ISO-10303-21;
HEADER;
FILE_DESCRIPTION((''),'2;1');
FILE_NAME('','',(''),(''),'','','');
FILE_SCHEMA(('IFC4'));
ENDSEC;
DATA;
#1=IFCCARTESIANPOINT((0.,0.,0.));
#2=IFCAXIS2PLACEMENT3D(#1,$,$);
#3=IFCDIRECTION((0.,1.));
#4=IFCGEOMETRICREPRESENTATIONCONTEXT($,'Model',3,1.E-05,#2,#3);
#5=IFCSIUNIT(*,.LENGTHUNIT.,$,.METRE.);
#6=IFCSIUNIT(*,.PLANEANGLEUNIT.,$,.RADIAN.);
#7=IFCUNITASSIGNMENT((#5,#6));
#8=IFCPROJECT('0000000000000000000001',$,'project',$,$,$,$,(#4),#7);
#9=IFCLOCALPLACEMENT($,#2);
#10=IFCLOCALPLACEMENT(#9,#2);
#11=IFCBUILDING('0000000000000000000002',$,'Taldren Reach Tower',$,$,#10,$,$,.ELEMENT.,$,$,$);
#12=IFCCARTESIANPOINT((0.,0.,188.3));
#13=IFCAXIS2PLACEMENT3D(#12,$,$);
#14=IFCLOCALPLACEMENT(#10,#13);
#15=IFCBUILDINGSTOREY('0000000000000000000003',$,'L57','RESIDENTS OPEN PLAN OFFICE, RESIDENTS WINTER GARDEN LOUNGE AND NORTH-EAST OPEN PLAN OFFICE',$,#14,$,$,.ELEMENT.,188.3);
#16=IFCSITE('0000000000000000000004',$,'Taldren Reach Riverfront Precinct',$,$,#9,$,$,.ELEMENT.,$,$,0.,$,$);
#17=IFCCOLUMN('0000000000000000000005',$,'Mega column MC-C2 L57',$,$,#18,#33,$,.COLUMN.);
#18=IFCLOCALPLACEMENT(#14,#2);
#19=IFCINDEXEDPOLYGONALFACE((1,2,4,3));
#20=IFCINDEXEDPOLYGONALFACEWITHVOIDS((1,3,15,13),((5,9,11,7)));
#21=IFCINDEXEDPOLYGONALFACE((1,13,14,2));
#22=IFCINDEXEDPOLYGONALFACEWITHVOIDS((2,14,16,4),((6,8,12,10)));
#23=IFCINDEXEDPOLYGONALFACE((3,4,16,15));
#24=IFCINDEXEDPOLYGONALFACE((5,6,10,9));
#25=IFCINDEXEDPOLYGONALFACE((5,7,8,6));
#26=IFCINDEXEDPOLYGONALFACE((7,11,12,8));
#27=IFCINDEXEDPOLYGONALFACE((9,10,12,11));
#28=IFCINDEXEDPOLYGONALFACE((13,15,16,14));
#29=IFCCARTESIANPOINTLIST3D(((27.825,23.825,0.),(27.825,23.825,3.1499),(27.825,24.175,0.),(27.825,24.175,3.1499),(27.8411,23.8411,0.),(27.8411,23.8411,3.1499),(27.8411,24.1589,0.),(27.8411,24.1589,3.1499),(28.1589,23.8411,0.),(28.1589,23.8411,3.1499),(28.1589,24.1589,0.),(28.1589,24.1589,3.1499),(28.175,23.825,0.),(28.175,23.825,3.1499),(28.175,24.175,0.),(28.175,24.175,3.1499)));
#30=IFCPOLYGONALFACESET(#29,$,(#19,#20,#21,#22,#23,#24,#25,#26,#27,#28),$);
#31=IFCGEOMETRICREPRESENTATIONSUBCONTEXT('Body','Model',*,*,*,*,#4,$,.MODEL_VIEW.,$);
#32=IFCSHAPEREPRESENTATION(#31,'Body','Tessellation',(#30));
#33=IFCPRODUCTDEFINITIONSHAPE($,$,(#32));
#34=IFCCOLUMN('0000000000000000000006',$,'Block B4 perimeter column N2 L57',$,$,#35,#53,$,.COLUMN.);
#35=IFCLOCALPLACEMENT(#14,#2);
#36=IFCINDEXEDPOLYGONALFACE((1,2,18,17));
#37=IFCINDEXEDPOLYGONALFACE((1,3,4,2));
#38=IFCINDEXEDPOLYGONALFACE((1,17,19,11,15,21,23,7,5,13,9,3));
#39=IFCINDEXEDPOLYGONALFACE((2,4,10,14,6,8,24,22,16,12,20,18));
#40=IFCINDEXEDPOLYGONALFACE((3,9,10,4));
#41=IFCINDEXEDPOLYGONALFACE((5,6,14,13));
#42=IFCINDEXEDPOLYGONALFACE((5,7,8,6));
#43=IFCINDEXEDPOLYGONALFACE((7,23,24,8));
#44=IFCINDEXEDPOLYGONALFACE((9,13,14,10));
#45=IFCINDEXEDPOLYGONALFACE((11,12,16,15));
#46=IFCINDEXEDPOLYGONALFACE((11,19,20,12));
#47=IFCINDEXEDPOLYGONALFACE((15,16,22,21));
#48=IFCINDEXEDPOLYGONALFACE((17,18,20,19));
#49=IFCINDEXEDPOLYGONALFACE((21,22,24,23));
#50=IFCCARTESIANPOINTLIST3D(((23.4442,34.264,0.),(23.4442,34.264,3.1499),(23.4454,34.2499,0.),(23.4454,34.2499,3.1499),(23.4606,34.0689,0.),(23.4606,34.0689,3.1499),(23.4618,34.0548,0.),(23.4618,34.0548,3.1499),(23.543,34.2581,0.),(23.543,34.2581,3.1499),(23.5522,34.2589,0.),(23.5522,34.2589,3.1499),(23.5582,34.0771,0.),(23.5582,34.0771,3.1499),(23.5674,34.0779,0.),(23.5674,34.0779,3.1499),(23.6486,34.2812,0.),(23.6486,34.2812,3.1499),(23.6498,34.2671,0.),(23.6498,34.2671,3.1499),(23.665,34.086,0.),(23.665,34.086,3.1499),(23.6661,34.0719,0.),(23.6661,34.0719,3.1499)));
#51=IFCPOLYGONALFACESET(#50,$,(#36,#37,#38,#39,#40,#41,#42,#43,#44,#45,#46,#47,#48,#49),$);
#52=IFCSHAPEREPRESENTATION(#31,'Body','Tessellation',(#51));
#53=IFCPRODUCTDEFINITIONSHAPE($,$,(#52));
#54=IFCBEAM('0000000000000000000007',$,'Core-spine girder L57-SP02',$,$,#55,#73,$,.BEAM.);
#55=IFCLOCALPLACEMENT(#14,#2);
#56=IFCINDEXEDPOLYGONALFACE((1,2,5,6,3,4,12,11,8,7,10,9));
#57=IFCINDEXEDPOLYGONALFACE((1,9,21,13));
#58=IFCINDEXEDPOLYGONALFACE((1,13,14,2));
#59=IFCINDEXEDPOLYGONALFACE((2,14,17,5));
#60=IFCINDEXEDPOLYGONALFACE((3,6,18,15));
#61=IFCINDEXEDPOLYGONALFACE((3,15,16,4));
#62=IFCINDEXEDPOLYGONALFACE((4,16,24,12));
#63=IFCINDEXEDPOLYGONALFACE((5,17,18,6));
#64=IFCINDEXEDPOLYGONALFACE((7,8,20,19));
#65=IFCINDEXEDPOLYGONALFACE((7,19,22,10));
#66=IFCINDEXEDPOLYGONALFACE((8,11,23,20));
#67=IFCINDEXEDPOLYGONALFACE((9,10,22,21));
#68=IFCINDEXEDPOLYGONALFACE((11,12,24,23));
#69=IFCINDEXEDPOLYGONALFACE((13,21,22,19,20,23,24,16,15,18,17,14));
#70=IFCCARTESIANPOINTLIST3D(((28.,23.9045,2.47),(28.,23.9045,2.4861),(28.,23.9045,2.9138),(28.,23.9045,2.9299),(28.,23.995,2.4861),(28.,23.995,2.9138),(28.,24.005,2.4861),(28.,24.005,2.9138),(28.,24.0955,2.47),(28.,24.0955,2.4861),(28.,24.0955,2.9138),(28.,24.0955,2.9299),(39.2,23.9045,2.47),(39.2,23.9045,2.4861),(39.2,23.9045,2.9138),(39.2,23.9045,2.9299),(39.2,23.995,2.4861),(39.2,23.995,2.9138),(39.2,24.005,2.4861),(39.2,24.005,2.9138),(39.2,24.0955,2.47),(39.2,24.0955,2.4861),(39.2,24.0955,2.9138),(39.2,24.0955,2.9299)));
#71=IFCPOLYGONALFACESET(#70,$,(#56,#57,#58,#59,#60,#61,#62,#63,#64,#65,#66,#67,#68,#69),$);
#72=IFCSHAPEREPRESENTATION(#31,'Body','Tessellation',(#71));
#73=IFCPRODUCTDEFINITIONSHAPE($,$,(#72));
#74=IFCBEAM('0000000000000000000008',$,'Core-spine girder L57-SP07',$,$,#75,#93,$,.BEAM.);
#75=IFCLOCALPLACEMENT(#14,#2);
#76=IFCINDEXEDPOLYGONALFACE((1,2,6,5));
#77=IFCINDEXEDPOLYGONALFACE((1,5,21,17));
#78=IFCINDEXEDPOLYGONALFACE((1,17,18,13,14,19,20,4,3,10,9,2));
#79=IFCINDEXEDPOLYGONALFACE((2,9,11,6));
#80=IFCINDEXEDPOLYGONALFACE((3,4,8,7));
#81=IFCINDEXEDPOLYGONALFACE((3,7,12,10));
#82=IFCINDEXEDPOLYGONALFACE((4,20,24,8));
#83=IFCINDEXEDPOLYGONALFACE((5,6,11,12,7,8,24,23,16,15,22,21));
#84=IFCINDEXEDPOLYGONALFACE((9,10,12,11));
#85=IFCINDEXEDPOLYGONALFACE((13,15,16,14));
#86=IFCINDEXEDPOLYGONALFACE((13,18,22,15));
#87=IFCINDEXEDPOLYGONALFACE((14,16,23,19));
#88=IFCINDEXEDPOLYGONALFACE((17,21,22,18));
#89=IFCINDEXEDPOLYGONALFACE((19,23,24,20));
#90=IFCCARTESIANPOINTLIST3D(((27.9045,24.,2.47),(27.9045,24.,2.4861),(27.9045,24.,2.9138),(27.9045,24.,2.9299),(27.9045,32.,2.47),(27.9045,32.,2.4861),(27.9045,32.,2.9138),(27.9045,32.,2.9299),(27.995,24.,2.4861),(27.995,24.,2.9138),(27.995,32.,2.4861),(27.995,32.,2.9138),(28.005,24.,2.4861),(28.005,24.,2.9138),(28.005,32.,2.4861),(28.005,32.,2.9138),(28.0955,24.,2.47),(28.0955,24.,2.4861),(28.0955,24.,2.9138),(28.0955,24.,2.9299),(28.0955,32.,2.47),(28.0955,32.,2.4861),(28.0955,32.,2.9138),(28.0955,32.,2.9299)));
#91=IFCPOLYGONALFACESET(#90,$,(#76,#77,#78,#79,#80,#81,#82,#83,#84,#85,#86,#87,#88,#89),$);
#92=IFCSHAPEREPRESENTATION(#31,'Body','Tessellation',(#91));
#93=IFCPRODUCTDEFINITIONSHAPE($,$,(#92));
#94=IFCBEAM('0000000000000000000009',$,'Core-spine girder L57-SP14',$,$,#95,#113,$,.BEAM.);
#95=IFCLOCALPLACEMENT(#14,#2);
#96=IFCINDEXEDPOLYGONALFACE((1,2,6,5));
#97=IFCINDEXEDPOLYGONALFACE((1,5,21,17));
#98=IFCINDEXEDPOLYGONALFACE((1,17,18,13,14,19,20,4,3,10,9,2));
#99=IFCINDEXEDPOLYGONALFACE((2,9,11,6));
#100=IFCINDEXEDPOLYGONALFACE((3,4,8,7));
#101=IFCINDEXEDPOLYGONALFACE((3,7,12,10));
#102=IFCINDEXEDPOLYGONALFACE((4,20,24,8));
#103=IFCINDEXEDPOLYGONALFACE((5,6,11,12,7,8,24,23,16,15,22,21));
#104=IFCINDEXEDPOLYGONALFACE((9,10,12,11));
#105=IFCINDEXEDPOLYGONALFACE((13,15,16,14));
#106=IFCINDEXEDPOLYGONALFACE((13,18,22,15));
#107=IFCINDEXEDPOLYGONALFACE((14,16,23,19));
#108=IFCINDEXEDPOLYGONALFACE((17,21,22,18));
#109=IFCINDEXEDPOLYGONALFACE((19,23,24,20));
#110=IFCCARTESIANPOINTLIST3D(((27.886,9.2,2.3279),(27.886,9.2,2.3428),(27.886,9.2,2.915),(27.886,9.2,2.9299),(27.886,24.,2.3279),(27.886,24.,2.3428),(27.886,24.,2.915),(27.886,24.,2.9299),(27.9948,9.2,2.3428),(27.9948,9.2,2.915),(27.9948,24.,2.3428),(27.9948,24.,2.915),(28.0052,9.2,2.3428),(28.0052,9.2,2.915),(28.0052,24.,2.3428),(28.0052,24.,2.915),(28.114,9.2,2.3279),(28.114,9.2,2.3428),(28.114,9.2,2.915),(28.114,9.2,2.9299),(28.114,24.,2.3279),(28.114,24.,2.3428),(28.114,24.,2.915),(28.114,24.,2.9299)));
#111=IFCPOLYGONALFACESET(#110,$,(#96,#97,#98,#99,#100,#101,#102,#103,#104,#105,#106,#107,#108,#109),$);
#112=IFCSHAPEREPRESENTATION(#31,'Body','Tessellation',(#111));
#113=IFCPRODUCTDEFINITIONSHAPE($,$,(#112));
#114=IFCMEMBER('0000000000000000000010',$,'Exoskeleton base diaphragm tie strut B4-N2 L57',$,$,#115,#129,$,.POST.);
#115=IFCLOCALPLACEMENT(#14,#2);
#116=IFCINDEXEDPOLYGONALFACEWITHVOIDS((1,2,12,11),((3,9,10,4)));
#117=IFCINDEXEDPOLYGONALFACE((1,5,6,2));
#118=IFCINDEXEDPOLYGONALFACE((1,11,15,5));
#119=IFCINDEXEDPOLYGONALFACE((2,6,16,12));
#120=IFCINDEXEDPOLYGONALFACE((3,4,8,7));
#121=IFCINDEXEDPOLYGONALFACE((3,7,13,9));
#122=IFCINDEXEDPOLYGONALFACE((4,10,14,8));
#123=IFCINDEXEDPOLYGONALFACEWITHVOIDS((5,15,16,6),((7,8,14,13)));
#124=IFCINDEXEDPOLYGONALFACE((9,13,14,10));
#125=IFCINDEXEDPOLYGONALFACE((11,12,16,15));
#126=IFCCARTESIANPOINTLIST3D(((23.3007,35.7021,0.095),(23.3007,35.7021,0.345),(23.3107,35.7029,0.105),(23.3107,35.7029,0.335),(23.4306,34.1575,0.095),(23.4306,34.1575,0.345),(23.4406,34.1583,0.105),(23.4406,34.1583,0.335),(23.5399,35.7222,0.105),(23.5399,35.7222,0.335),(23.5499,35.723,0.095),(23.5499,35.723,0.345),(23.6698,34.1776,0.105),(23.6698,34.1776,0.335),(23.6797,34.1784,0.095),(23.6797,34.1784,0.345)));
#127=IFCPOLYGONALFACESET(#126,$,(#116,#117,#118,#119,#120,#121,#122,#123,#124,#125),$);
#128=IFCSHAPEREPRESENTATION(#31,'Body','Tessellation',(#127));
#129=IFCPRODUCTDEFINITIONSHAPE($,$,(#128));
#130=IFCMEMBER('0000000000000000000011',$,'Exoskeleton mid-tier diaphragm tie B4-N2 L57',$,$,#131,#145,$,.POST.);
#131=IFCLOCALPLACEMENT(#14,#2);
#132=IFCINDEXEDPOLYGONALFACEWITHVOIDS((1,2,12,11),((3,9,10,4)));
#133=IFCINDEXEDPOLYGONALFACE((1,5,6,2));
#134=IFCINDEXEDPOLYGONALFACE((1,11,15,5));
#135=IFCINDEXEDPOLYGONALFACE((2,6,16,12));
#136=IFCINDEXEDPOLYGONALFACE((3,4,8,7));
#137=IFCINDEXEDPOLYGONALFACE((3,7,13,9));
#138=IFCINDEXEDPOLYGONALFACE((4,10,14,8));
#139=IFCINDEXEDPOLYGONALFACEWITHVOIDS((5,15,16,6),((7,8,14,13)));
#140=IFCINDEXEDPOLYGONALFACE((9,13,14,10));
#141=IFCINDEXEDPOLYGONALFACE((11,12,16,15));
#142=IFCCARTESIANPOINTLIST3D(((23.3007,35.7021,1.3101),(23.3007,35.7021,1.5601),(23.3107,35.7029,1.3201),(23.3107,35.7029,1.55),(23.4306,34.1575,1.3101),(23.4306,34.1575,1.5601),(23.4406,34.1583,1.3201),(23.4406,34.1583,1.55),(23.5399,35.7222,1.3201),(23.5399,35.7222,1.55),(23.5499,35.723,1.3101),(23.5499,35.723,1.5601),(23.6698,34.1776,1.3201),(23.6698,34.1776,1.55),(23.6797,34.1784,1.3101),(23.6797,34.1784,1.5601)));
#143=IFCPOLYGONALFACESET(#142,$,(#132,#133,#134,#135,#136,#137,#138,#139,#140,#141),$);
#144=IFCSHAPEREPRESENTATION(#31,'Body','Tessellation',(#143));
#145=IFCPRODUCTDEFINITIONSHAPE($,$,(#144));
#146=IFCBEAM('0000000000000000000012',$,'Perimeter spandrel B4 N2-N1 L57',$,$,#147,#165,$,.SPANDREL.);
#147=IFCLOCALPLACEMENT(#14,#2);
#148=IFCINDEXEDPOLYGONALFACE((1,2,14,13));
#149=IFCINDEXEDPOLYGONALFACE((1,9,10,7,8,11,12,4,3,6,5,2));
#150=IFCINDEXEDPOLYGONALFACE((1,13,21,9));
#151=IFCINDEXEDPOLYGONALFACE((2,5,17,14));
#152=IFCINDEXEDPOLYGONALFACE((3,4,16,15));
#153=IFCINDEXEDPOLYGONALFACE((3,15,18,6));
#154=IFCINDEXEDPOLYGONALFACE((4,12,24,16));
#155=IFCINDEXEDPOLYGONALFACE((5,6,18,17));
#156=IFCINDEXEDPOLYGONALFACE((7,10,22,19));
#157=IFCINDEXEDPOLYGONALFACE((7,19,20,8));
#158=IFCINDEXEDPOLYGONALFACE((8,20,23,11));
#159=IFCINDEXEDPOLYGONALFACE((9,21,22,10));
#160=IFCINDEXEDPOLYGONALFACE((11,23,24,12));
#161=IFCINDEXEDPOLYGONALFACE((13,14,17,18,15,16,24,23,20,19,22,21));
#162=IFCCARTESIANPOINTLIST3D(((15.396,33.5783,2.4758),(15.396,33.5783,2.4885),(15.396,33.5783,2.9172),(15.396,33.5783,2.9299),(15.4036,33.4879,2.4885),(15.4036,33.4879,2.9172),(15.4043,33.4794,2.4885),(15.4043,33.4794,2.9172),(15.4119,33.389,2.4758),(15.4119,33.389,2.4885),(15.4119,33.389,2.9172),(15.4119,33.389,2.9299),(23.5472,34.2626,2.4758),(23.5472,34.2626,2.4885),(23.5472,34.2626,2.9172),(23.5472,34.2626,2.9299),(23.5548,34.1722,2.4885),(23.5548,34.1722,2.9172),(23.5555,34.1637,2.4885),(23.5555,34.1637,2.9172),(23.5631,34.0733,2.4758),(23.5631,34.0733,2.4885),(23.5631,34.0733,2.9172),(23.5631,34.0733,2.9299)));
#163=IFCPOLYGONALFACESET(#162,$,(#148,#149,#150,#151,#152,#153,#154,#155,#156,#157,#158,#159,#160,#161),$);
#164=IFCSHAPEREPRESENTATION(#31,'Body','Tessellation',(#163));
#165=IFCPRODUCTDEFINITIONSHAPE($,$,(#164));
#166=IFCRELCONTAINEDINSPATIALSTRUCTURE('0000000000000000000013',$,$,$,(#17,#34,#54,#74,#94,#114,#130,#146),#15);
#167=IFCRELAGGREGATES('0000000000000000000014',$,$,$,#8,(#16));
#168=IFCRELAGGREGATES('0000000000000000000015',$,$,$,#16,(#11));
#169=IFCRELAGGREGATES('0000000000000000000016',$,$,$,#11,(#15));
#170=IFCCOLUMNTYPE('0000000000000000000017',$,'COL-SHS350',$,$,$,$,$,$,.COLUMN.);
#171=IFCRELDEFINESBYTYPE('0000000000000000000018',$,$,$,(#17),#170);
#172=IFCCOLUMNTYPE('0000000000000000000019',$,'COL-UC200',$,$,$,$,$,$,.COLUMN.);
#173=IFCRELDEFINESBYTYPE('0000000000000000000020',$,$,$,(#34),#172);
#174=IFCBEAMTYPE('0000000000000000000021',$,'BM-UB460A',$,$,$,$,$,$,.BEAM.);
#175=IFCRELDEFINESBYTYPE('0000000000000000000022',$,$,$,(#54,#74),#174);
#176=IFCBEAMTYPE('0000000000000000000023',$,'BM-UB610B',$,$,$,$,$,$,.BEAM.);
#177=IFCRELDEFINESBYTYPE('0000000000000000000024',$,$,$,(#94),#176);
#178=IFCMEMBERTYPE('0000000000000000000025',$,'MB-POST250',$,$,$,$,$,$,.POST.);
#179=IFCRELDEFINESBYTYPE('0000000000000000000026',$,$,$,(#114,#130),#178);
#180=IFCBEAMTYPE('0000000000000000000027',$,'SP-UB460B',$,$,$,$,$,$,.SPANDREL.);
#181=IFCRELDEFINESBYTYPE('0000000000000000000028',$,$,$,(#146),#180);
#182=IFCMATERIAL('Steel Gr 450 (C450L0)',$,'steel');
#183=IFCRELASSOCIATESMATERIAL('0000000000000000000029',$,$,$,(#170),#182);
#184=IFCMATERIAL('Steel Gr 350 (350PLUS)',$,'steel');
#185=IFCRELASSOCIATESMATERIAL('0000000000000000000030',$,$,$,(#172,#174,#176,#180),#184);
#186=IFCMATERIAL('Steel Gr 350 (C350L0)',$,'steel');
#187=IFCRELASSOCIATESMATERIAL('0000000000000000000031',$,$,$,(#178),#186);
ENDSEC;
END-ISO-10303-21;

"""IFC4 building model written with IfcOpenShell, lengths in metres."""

from ifc_helpers import new_model, si_unit, direction, frame, origin, origin_2d, place, context, subcontext, project, spatial, hollow_rectangle, i_section, extrude, source, transform, mapped, material, material_profile, profile_set, type_object, element, save


model = new_model("IFC4")

# Units and contexts
model_context = context("Model", 3, precision=1e-05, world=origin(), true_north=direction((0.0, 1.0)))
body_context = subcontext(model_context, "Body", "Model", "MODEL_VIEW")
ifc_project = project(units=[si_unit("LENGTHUNIT", "METRE"), si_unit("PLANEANGLEUNIT", "RADIAN")], contexts=[model_context])

# Site, building, storey
site_placement = place(None, origin())
site = spatial("IfcSite", under=ifc_project, at=site_placement, Name="Taldren Reach Riverfront Precinct", CompositionType="ELEMENT", RefElevation=0.0)
building_placement = place(site_placement, origin())
building = spatial("IfcBuilding", under=site, at=building_placement, Name="Taldren Reach Tower", CompositionType="ELEMENT")
storey_placement = place(building_placement, frame((0.0, 0.0, 188.3)))
storey = spatial("IfcBuildingStorey", under=building, at=storey_placement, Name="L57", Description="RESIDENTS OPEN PLAN OFFICE, RESIDENTS WINTER GARDEN LOUNGE AND NORTH-EAST OPEN PLAN OFFICE", CompositionType="ELEMENT", Elevation=188.3)

# Columns
ifc_material_1 = material(Name="Steel Gr 450 (C450L0)", Category="steel")
ifc_material_profile_1 = material_profile(ifc_material_1, hollow_rectangle(XDim=0.3501, YDim=0.3501, WallThickness=0.0161, at=origin_2d()), Name="350x350x16.0SHS")
ifc_profile_set_1 = profile_set([ifc_material_profile_1], Name="Steel Gr 450 (C450L0)")
column_type_1 = type_object("IfcColumnType", Name="COL-SHS350", PredefinedType="COLUMN", material=ifc_profile_set_1)
shared_shape_1 = source(origin(), body_context, "Body", "SweptSolid", [
    extrude(hollow_rectangle(XDim=0.3501, YDim=0.3501, WallThickness=0.0161, at=origin_2d()), origin(), (0.0, 0.0, 1.0), 3.1499),
])
column_1_placement = place(storey_placement, frame((28.0, 24.0, 0.0), z_axis=(0.0, 0.0, 1.0), x_axis=(1.0, 0.0, 0.0)))
element("IfcColumn", 1, at=column_1_placement, inside=storey, type_object=column_type_1, Name="Mega column MC-C2 L57", PredefinedType="COLUMN", context=body_context, shape_type="MappedRepresentation", body=[
    mapped(shared_shape_1, transform((0.0, 0.0, 0.0), scale=1.0)),
])
ifc_material_2 = material(Name="Steel Gr 350 (350PLUS)", Category="steel")
ifc_material_profile_2 = material_profile(ifc_material_2, i_section(OverallWidth=0.2051, OverallDepth=0.21, WebThickness=0.0093, FlangeThickness=0.0142, at=origin_2d()), Name="200UC59.5")
ifc_profile_set_2 = profile_set([ifc_material_profile_2], Name="Steel Gr 350 (350PLUS)")
column_type_2 = type_object("IfcColumnType", Name="COL-UC200", PredefinedType="COLUMN", material=ifc_profile_set_2)
shared_shape_2 = source(origin(), body_context, "Body", "SweptSolid", [
    extrude(i_section(OverallWidth=0.2051, OverallDepth=0.21, WebThickness=0.0093, FlangeThickness=0.0142, at=origin_2d()), origin(), (0.0, 0.0, 1.0), 3.1499),
])
column_2_placement = place(storey_placement, frame((23.5552, 34.168, 0.0), z_axis=(0.0, 0.0, 1.0), x_axis=(0.996493, 0.083678, 0.0)))
element("IfcColumn", 2, at=column_2_placement, inside=storey, type_object=column_type_2, Name="Block B4 perimeter column N2 L57", PredefinedType="COLUMN", context=body_context, shape_type="MappedRepresentation", body=[
    mapped(shared_shape_2, transform((0.0, 0.0, 0.0), scale=1.0)),
])

# Beams
ifc_material_profile_3 = material_profile(ifc_material_2, i_section(OverallWidth=0.1909, OverallDepth=0.46, WebThickness=0.01, FlangeThickness=0.0161, at=origin_2d()), Name="460UB82.1")
ifc_profile_set_3 = profile_set([ifc_material_profile_3], Name="Steel Gr 350 (350PLUS)")
beam_type_1 = type_object("IfcBeamType", Name="BM-UB460A", PredefinedType="BEAM", material=ifc_profile_set_3)
shared_shape_3 = source(origin(), body_context, "Body", "SweptSolid", [
    extrude(i_section(OverallWidth=0.1909, OverallDepth=0.46, WebThickness=0.01, FlangeThickness=0.0161, at=origin_2d()), origin(), (0.0, 0.0, 1.0), 11.2),
])
beam_1_placement = place(storey_placement, frame((28.0, 24.0, 2.7), z_axis=(1.0, 0.0, 0.0), x_axis=(0.0, 1.0, 0.0)))
element("IfcBeam", 3, at=beam_1_placement, inside=storey, type_object=beam_type_1, Name="Core-spine girder L57-SP02", PredefinedType="BEAM", context=body_context, shape_type="MappedRepresentation", body=[
    mapped(shared_shape_3, transform((0.0, 0.0, 0.0), scale=1.0)),
])
shared_shape_4 = source(origin(), body_context, "Body", "SweptSolid", [
    extrude(i_section(OverallWidth=0.1909, OverallDepth=0.46, WebThickness=0.01, FlangeThickness=0.0161, at=origin_2d()), origin(), (0.0, 0.0, 1.0), 8.0),
])
beam_2_placement = place(storey_placement, frame((28.0, 24.0, 2.7), z_axis=(0.0, 1.0, 0.0), x_axis=(-1.0, 0.0, 0.0)))
element("IfcBeam", 4, at=beam_2_placement, inside=storey, type_object=beam_type_1, Name="Core-spine girder L57-SP07", PredefinedType="BEAM", context=body_context, shape_type="MappedRepresentation", body=[
    mapped(shared_shape_4, transform((0.0, 0.0, 0.0), scale=1.0)),
])
ifc_material_profile_4 = material_profile(ifc_material_2, i_section(OverallWidth=0.228, OverallDepth=0.6021, WebThickness=0.0105, FlangeThickness=0.0149, at=origin_2d()), Name="610UB101")
ifc_profile_set_4 = profile_set([ifc_material_profile_4], Name="Steel Gr 350 (350PLUS)")
beam_type_2 = type_object("IfcBeamType", Name="BM-UB610B", PredefinedType="BEAM", material=ifc_profile_set_4)
shared_shape_5 = source(origin(), body_context, "Body", "SweptSolid", [
    extrude(i_section(OverallWidth=0.228, OverallDepth=0.6021, WebThickness=0.0105, FlangeThickness=0.0149, at=origin_2d()), origin(), (0.0, 0.0, 1.0), 14.8),
])
beam_3_placement = place(storey_placement, frame((28.0, 24.0, 2.6289), z_axis=(0.0, -1.0, 0.0), x_axis=(1.0, 0.0, 0.0)))
element("IfcBeam", 5, at=beam_3_placement, inside=storey, type_object=beam_type_2, Name="Core-spine girder L57-SP14", PredefinedType="BEAM", context=body_context, shape_type="MappedRepresentation", body=[
    mapped(shared_shape_5, transform((0.0, 0.0, 0.0), scale=1.0)),
])

# Members
ifc_material_3 = material(Name="Steel Gr 350 (C350L0)", Category="steel")
ifc_material_profile_5 = material_profile(ifc_material_3, hollow_rectangle(XDim=0.25, YDim=0.25, WallThickness=0.01, at=origin_2d()), Name="250x250x10.0SHS")
ifc_profile_set_5 = profile_set([ifc_material_profile_5], Name="Steel Gr 350 (C350L0)")
member_type_1 = type_object("IfcMemberType", Name="MB-POST250", PredefinedType="POST", material=ifc_profile_set_5)
shared_shape_6 = source(origin(), body_context, "Body", "SweptSolid", [
    extrude(hollow_rectangle(XDim=0.25, YDim=0.25, WallThickness=0.01, at=origin_2d()), origin(), (0.0, 0.0, 1.0), 1.55),
])
for number, where, z_axis, x_axis, name in (
    (6, (23.5552, 34.168, 0.22), (-0.083788, 0.996484, 0.0), (-0.996484, -0.083788, 0.0), "Exoskeleton base diaphragm tie strut B4-N2 L57"),
    (7, (23.5552, 34.168, 1.4351), (-0.083788, 0.996484, 0.0), (-0.996484, -0.083788, 0.0), "Exoskeleton mid-tier diaphragm tie B4-N2 L57"),
):
    element("IfcMember", number, at=place(storey_placement, frame(where, z_axis=z_axis, x_axis=x_axis)), inside=storey, type_object=member_type_1, Name=name, PredefinedType="POST", context=body_context, shape_type="MappedRepresentation", body=[
        mapped(shared_shape_6, transform((0.0, 0.0, 0.0), scale=1.0)),
    ])

# Beam
ifc_material_profile_6 = material_profile(ifc_material_2, i_section(OverallWidth=0.1899, OverallDepth=0.4541, WebThickness=0.0085, FlangeThickness=0.0127, at=origin_2d()), Name="460UB67.1")
ifc_profile_set_6 = profile_set([ifc_material_profile_6], Name="Steel Gr 350 (350PLUS)")
beam_type_3 = type_object("IfcBeamType", Name="SP-UB460B", PredefinedType="SPANDREL", material=ifc_profile_set_6)
shared_shape_7 = source(origin(), body_context, "Body", "SweptSolid", [
    extrude(i_section(OverallWidth=0.1899, OverallDepth=0.4541, WebThickness=0.0085, FlangeThickness=0.0127, at=origin_2d()), origin(), (0.0, 0.0, 1.0), 8.1799),
])
beam_4_placement = place(storey_placement, frame((23.5552, 34.168, 2.7029), z_axis=(-0.996495, -0.083658, 0.0), x_axis=(0.083658, -0.996495, 0.0)))
element("IfcBeam", 8, at=beam_4_placement, inside=storey, type_object=beam_type_3, Name="Perimeter spandrel B4 N2-N1 L57", PredefinedType="SPANDREL", context=body_context, shape_type="MappedRepresentation", body=[
    mapped(shared_shape_7, transform((0.0, 0.0, 0.0), scale=1.0)),
])

save(model, "model.ifc")
